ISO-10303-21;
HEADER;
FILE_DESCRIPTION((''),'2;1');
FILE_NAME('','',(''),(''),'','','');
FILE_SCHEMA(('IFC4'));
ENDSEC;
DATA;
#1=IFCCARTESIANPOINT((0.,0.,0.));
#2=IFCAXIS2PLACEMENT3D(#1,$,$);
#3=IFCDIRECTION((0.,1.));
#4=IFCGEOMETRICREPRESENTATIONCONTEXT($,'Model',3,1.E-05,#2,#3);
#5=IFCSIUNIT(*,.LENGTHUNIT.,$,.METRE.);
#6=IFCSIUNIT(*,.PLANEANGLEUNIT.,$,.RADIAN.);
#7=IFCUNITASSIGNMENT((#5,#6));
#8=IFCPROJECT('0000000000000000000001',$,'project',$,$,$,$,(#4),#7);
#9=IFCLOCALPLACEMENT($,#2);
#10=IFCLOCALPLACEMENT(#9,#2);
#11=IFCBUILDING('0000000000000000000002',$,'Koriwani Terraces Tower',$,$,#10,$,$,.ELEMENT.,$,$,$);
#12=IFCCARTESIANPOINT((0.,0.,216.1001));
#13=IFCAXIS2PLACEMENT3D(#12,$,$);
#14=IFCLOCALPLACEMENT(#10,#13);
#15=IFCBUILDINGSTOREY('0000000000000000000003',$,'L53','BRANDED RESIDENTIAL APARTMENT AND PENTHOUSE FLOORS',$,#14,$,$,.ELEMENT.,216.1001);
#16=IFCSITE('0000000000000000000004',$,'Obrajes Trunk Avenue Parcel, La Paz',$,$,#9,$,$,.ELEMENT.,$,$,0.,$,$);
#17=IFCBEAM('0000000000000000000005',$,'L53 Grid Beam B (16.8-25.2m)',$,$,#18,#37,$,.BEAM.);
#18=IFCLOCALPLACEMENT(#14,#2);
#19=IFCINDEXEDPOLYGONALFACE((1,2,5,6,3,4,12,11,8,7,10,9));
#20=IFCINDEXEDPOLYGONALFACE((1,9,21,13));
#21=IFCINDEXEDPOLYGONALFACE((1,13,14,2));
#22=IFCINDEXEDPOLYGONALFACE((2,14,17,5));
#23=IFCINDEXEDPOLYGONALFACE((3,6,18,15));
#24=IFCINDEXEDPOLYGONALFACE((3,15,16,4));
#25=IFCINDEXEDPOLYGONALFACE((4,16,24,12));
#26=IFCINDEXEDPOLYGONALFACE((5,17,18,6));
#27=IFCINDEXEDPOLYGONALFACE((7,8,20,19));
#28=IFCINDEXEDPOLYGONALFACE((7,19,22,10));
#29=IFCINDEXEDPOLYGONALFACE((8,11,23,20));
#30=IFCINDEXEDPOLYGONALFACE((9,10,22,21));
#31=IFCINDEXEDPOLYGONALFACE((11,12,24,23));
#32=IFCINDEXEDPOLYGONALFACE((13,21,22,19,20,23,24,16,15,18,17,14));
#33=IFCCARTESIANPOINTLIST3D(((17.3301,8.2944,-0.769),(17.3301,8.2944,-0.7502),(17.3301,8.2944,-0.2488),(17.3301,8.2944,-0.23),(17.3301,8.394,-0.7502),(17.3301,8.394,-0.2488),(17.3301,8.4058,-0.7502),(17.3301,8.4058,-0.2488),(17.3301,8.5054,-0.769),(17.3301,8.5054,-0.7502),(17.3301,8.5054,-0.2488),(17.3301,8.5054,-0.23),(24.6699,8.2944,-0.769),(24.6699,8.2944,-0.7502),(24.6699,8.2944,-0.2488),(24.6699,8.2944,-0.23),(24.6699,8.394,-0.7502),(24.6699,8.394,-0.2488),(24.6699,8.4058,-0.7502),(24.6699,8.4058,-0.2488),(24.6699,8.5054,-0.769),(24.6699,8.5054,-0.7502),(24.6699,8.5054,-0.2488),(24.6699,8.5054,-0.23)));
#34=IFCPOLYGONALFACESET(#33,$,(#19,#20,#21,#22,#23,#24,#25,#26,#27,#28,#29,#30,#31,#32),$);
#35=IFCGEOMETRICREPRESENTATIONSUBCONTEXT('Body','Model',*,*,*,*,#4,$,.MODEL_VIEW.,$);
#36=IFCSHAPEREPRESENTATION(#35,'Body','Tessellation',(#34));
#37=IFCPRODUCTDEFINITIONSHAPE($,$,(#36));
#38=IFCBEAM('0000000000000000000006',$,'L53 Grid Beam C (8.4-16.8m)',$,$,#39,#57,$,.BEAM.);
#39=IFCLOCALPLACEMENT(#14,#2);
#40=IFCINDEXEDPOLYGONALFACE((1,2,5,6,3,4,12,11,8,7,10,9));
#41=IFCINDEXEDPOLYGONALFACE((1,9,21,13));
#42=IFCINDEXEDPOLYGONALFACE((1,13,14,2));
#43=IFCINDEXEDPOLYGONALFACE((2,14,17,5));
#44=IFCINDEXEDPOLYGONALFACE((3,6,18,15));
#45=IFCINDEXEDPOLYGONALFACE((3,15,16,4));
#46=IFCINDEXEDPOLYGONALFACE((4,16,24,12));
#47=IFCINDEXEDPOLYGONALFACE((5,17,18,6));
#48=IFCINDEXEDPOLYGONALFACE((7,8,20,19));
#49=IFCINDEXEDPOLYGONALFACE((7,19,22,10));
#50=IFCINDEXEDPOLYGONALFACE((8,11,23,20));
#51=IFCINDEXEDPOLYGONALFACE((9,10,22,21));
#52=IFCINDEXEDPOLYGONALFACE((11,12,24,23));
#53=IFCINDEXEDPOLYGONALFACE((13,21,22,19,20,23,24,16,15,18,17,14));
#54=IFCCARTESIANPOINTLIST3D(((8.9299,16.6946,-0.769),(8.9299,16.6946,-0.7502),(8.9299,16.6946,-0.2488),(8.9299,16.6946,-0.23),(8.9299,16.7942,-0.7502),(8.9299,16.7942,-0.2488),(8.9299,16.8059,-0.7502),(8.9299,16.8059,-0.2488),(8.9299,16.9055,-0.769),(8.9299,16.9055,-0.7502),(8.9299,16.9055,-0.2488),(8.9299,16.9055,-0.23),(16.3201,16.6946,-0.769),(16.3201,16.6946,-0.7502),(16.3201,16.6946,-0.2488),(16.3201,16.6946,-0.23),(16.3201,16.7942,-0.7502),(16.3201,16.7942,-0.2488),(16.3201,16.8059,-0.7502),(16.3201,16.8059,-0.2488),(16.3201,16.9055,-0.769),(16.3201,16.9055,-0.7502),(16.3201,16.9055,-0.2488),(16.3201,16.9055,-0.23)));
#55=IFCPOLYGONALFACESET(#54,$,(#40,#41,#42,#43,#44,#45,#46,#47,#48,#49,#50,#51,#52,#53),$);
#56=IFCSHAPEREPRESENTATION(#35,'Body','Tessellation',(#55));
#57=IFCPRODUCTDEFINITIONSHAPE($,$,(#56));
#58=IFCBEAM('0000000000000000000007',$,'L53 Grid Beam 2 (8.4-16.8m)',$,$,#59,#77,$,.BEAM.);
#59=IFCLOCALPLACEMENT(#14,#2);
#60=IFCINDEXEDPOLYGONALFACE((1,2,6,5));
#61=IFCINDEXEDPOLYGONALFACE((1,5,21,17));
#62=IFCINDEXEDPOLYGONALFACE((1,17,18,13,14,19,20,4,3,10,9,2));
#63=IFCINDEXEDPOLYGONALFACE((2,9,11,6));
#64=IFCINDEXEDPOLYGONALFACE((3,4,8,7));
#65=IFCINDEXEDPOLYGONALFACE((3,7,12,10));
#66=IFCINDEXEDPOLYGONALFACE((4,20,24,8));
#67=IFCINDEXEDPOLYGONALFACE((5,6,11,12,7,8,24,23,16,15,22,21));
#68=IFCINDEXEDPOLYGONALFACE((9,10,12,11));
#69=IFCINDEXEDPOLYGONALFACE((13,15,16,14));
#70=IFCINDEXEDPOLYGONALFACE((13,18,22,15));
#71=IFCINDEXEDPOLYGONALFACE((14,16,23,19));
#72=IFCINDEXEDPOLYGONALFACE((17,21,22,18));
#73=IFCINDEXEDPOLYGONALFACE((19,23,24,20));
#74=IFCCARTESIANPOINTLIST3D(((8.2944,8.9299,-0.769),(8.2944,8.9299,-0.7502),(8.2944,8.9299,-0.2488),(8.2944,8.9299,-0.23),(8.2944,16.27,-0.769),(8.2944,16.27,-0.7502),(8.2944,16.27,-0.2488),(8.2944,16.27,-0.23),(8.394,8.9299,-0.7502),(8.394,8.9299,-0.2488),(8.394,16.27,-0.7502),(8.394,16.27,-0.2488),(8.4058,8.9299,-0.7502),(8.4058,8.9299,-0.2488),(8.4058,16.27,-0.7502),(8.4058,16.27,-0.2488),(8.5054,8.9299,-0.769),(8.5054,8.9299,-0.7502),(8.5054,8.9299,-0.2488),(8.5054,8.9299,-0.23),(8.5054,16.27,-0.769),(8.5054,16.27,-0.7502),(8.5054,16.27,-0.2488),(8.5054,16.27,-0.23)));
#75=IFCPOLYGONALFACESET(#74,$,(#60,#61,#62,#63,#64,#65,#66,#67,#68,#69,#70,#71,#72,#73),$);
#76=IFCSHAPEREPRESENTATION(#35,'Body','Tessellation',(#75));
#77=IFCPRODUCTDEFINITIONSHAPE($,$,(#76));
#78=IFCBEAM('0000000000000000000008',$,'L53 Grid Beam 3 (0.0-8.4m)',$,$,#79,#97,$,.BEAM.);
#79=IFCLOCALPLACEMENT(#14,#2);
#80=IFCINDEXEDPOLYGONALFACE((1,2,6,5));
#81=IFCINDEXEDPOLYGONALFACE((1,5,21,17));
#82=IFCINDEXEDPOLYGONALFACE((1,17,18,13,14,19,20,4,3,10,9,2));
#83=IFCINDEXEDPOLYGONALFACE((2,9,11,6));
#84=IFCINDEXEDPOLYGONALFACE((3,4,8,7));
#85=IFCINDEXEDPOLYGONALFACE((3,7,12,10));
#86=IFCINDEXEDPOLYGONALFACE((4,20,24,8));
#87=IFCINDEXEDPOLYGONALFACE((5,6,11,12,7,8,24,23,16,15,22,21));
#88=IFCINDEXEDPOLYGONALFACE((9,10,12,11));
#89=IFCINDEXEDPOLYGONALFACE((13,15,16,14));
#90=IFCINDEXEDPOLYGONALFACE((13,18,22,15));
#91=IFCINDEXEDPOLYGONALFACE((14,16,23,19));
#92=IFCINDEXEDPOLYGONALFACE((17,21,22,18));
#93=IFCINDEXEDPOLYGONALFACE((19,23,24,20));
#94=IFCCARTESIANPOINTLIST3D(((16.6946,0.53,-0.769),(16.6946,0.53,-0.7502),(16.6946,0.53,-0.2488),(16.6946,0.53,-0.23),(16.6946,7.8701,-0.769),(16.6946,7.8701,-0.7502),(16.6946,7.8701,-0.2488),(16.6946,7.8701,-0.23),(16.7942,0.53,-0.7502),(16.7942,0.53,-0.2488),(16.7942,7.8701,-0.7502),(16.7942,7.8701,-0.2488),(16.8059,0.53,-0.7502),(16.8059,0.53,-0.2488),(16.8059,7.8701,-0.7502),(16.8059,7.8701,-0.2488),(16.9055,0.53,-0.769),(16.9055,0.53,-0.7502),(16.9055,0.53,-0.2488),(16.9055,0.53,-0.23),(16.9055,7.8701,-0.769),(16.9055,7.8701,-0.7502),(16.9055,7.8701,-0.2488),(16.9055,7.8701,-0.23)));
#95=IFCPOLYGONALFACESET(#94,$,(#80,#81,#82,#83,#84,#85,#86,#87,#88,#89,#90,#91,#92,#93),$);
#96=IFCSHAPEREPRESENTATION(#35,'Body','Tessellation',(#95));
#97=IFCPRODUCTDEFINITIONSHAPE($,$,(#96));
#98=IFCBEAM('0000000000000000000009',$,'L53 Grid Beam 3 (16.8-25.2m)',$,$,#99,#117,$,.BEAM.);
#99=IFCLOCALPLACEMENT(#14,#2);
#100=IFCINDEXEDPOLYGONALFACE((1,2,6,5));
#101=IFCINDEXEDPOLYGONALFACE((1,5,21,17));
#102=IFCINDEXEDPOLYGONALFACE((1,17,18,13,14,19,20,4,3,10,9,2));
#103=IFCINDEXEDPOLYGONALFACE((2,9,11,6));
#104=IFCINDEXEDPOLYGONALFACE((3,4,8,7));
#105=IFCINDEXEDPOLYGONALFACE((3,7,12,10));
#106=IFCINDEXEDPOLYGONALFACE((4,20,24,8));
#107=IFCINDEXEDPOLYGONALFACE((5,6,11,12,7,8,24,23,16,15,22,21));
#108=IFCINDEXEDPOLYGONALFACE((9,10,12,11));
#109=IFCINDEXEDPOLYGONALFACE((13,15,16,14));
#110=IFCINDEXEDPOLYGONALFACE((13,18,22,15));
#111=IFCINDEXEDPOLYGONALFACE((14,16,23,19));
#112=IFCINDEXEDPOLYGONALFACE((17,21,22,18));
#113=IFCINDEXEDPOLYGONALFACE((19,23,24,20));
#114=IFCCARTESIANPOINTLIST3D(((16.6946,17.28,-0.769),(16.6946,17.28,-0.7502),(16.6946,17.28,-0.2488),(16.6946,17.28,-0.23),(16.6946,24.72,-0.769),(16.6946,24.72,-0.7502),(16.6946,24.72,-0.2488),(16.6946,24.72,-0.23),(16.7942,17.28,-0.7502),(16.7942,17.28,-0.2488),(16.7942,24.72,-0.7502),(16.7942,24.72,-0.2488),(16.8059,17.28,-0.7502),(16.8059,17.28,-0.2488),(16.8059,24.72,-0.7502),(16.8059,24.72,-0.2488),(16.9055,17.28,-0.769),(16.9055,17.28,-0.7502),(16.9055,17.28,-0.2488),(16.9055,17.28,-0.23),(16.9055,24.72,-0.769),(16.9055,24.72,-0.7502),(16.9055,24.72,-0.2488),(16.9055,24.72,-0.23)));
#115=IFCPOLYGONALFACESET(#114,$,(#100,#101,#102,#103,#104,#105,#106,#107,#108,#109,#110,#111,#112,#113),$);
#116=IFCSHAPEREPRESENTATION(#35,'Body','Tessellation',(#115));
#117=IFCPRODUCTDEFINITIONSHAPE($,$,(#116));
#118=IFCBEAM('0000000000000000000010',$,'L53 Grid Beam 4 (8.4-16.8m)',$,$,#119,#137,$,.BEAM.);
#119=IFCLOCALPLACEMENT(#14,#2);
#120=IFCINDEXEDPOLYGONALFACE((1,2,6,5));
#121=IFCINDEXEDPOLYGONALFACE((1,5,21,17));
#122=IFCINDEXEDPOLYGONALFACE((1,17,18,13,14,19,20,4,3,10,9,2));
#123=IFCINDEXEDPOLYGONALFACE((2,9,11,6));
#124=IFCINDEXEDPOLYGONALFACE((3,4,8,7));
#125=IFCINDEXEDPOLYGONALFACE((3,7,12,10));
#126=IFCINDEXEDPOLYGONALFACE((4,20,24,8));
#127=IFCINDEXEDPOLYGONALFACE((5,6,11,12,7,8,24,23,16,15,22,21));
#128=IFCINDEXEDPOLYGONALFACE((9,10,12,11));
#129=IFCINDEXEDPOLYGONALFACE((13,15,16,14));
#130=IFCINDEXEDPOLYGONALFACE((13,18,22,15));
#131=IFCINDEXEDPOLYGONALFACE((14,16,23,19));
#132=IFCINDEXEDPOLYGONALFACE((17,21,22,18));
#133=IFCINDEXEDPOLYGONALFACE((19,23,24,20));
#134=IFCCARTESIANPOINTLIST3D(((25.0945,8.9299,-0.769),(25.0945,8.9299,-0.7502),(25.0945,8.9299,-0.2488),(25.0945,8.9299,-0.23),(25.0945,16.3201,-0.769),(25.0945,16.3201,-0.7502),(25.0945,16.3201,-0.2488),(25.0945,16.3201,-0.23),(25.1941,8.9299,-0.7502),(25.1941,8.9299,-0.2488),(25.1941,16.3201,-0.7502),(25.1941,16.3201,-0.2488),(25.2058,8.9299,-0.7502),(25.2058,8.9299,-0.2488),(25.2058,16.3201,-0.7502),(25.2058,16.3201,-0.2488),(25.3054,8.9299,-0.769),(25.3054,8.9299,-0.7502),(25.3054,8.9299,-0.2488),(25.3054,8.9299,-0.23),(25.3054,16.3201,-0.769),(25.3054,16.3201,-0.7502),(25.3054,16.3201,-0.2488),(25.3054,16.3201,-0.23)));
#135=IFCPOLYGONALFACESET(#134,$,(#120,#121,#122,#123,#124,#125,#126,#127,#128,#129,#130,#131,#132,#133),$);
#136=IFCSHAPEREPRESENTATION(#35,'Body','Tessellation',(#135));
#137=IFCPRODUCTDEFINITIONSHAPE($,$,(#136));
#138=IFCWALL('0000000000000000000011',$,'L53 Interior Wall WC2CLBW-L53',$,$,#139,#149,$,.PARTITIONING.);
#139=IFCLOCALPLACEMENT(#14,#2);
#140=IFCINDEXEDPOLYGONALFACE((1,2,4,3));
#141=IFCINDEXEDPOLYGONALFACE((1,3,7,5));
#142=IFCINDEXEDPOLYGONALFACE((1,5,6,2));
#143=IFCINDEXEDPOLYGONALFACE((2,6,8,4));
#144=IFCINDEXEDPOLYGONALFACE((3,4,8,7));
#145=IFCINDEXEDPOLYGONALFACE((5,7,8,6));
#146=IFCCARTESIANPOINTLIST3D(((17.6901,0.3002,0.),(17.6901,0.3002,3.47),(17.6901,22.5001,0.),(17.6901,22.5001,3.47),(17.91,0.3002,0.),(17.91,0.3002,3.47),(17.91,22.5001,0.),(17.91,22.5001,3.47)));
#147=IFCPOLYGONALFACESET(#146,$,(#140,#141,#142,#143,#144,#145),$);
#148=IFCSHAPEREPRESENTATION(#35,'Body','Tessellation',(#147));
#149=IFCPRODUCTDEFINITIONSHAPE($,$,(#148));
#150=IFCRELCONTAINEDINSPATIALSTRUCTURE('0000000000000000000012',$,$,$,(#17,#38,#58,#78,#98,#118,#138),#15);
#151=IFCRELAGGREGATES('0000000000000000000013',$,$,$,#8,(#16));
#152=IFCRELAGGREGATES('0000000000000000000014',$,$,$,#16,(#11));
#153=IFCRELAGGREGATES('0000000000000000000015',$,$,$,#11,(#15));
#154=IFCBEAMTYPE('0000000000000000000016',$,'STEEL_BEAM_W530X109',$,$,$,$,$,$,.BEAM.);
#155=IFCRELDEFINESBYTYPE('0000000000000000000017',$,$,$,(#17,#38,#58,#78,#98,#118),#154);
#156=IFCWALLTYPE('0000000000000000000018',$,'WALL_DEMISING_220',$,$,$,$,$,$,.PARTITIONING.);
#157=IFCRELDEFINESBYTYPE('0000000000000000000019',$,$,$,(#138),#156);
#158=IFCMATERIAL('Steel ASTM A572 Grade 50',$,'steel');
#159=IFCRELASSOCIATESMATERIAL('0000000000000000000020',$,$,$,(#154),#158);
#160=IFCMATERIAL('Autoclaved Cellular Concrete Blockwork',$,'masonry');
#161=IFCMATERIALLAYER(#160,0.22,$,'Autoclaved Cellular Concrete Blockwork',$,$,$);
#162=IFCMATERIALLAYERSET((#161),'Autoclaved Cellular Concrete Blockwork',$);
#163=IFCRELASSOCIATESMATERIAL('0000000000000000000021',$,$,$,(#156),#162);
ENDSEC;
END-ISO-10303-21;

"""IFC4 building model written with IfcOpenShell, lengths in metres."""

from ifc_helpers import new_model, si_unit, direction, frame, frame_2d, origin, origin_2d, place, context, subcontext, project, spatial, rectangle, i_section, extrude, material, layer, layer_set, material_profile, profile_set, type_object, element, save


model = new_model("IFC4")

# Units and contexts
model_context = context("Model", 3, precision=1e-05, world=origin(), true_north=direction((0.0, 1.0)))
body_context = subcontext(model_context, "Body", "Model", "MODEL_VIEW")
ifc_project = project(units=[si_unit("LENGTHUNIT", "METRE"), si_unit("PLANEANGLEUNIT", "RADIAN")], contexts=[model_context])

# Site, building, storey
site_placement = place(None, origin())
site = spatial("IfcSite", under=ifc_project, at=site_placement, Name="Obrajes Trunk Avenue Parcel, La Paz", CompositionType="ELEMENT", RefElevation=0.0)
building_placement = place(site_placement, origin())
building = spatial("IfcBuilding", under=site, at=building_placement, Name="Koriwani Terraces Tower", CompositionType="ELEMENT")
storey_placement = place(building_placement, frame((0.0, 0.0, 216.1001)))
storey = spatial("IfcBuildingStorey", under=building, at=storey_placement, Name="L53", Description="BRANDED RESIDENTIAL APARTMENT AND PENTHOUSE FLOORS", CompositionType="ELEMENT", Elevation=216.1001)

# Beams
ifc_material_1 = material(Name="Steel ASTM A572 Grade 50", Category="steel")
ifc_material_profile_1 = material_profile(ifc_material_1, i_section(OverallWidth=0.2109, OverallDepth=0.5391, WebThickness=0.0117, FlangeThickness=0.0188, at=origin_2d()), Name="Steel ASTM A572 Grade 50", Category="LoadBearing")
ifc_profile_set_1 = profile_set([ifc_material_profile_1], Name="Steel ASTM A572 Grade 50")
beam_type_1 = type_object("IfcBeamType", Name="STEEL_BEAM_W530X109", PredefinedType="BEAM", material=ifc_profile_set_1)
beam_1_placement = place(storey_placement, frame((17.3301, 8.3999, -0.4995), z_axis=(1.0, 0.0, 0.0), x_axis=(0.0, 1.0, 0.0)))
element("IfcBeam", 1, at=beam_1_placement, inside=storey, type_object=beam_type_1, Name="L53 Grid Beam B (16.8-25.2m)", PredefinedType="BEAM", context=body_context, shape_type="SweptSolid", body=[
    extrude(i_section(OverallWidth=0.2109, OverallDepth=0.5391, WebThickness=0.0117, FlangeThickness=0.0188, at=origin_2d()), origin(), (0.0, 0.0, 1.0), 7.3398),
])
beam_2_placement = place(storey_placement, frame((8.9299, 16.8, -0.4995), z_axis=(1.0, 0.0, 0.0), x_axis=(0.0, 1.0, 0.0)))
element("IfcBeam", 2, at=beam_2_placement, inside=storey, type_object=beam_type_1, Name="L53 Grid Beam C (8.4-16.8m)", PredefinedType="BEAM", context=body_context, shape_type="SweptSolid", body=[
    extrude(i_section(OverallWidth=0.2109, OverallDepth=0.5391, WebThickness=0.0117, FlangeThickness=0.0188, at=origin_2d()), origin(), (0.0, 0.0, 1.0), 7.3901),
])
for number, where, z_axis, x_axis, name in (
    (3, (8.3999, 8.9299, -0.4995), (0.0, 1.0, 0.0), (-1.0, 0.0, 0.0), "L53 Grid Beam 2 (8.4-16.8m)"),
    (4, (16.8, 0.53, -0.4995), (0.0, 1.0, 0.0), (-1.0, 0.0, 0.0), "L53 Grid Beam 3 (0.0-8.4m)"),
):
    element("IfcBeam", number, at=place(storey_placement, frame(where, z_axis=z_axis, x_axis=x_axis)), inside=storey, type_object=beam_type_1, Name=name, PredefinedType="BEAM", context=body_context, shape_type="SweptSolid", body=[
        extrude(i_section(OverallWidth=0.2109, OverallDepth=0.5391, WebThickness=0.0117, FlangeThickness=0.0188, at=origin_2d()), origin(), (0.0, 0.0, 1.0), 7.3401),
    ])
beam_3_placement = place(storey_placement, frame((16.8, 17.28, -0.4995), z_axis=(0.0, 1.0, 0.0), x_axis=(-1.0, 0.0, 0.0)))
element("IfcBeam", 5, at=beam_3_placement, inside=storey, type_object=beam_type_1, Name="L53 Grid Beam 3 (16.8-25.2m)", PredefinedType="BEAM", context=body_context, shape_type="SweptSolid", body=[
    extrude(i_section(OverallWidth=0.2109, OverallDepth=0.5391, WebThickness=0.0117, FlangeThickness=0.0188, at=origin_2d()), origin(), (0.0, 0.0, 1.0), 7.4399),
])
beam_4_placement = place(storey_placement, frame((25.2, 8.9299, -0.4995), z_axis=(0.0, 1.0, 0.0), x_axis=(-1.0, 0.0, 0.0)))
element("IfcBeam", 6, at=beam_4_placement, inside=storey, type_object=beam_type_1, Name="L53 Grid Beam 4 (8.4-16.8m)", PredefinedType="BEAM", context=body_context, shape_type="SweptSolid", body=[
    extrude(i_section(OverallWidth=0.2109, OverallDepth=0.5391, WebThickness=0.0117, FlangeThickness=0.0188, at=origin_2d()), origin(), (0.0, 0.0, 1.0), 7.3901),
])

# Wall
ifc_material_2 = material(Name="Autoclaved Cellular Concrete Blockwork", Category="masonry")
ifc_layer = layer(ifc_material_2, 0.22, Name="Autoclaved Cellular Concrete Blockwork")
ifc_layer_set = layer_set([ifc_layer], Name="Autoclaved Cellular Concrete Blockwork")
wall_type = type_object("IfcWallType", Name="WALL_DEMISING_220", PredefinedType="PARTITIONING", material=ifc_layer_set)
wall_placement = place(storey_placement, frame((17.8, 0.3, 0.0), z_axis=(0.0, 0.0, 1.0), x_axis=(0.0, 1.0, 0.0)))
element("IfcWall", 7, at=wall_placement, inside=storey, type_object=wall_type, Name="L53 Interior Wall WC2CLBW-L53", PredefinedType="PARTITIONING", context=body_context, shape_type="SweptSolid", body=[
    extrude(rectangle(XDim=22.2, YDim=0.22, at=frame_2d((11.1001, 0.0))), origin(), (0.0, 0.0, 1.0), 3.47),
])

save(model, "model.ifc")
